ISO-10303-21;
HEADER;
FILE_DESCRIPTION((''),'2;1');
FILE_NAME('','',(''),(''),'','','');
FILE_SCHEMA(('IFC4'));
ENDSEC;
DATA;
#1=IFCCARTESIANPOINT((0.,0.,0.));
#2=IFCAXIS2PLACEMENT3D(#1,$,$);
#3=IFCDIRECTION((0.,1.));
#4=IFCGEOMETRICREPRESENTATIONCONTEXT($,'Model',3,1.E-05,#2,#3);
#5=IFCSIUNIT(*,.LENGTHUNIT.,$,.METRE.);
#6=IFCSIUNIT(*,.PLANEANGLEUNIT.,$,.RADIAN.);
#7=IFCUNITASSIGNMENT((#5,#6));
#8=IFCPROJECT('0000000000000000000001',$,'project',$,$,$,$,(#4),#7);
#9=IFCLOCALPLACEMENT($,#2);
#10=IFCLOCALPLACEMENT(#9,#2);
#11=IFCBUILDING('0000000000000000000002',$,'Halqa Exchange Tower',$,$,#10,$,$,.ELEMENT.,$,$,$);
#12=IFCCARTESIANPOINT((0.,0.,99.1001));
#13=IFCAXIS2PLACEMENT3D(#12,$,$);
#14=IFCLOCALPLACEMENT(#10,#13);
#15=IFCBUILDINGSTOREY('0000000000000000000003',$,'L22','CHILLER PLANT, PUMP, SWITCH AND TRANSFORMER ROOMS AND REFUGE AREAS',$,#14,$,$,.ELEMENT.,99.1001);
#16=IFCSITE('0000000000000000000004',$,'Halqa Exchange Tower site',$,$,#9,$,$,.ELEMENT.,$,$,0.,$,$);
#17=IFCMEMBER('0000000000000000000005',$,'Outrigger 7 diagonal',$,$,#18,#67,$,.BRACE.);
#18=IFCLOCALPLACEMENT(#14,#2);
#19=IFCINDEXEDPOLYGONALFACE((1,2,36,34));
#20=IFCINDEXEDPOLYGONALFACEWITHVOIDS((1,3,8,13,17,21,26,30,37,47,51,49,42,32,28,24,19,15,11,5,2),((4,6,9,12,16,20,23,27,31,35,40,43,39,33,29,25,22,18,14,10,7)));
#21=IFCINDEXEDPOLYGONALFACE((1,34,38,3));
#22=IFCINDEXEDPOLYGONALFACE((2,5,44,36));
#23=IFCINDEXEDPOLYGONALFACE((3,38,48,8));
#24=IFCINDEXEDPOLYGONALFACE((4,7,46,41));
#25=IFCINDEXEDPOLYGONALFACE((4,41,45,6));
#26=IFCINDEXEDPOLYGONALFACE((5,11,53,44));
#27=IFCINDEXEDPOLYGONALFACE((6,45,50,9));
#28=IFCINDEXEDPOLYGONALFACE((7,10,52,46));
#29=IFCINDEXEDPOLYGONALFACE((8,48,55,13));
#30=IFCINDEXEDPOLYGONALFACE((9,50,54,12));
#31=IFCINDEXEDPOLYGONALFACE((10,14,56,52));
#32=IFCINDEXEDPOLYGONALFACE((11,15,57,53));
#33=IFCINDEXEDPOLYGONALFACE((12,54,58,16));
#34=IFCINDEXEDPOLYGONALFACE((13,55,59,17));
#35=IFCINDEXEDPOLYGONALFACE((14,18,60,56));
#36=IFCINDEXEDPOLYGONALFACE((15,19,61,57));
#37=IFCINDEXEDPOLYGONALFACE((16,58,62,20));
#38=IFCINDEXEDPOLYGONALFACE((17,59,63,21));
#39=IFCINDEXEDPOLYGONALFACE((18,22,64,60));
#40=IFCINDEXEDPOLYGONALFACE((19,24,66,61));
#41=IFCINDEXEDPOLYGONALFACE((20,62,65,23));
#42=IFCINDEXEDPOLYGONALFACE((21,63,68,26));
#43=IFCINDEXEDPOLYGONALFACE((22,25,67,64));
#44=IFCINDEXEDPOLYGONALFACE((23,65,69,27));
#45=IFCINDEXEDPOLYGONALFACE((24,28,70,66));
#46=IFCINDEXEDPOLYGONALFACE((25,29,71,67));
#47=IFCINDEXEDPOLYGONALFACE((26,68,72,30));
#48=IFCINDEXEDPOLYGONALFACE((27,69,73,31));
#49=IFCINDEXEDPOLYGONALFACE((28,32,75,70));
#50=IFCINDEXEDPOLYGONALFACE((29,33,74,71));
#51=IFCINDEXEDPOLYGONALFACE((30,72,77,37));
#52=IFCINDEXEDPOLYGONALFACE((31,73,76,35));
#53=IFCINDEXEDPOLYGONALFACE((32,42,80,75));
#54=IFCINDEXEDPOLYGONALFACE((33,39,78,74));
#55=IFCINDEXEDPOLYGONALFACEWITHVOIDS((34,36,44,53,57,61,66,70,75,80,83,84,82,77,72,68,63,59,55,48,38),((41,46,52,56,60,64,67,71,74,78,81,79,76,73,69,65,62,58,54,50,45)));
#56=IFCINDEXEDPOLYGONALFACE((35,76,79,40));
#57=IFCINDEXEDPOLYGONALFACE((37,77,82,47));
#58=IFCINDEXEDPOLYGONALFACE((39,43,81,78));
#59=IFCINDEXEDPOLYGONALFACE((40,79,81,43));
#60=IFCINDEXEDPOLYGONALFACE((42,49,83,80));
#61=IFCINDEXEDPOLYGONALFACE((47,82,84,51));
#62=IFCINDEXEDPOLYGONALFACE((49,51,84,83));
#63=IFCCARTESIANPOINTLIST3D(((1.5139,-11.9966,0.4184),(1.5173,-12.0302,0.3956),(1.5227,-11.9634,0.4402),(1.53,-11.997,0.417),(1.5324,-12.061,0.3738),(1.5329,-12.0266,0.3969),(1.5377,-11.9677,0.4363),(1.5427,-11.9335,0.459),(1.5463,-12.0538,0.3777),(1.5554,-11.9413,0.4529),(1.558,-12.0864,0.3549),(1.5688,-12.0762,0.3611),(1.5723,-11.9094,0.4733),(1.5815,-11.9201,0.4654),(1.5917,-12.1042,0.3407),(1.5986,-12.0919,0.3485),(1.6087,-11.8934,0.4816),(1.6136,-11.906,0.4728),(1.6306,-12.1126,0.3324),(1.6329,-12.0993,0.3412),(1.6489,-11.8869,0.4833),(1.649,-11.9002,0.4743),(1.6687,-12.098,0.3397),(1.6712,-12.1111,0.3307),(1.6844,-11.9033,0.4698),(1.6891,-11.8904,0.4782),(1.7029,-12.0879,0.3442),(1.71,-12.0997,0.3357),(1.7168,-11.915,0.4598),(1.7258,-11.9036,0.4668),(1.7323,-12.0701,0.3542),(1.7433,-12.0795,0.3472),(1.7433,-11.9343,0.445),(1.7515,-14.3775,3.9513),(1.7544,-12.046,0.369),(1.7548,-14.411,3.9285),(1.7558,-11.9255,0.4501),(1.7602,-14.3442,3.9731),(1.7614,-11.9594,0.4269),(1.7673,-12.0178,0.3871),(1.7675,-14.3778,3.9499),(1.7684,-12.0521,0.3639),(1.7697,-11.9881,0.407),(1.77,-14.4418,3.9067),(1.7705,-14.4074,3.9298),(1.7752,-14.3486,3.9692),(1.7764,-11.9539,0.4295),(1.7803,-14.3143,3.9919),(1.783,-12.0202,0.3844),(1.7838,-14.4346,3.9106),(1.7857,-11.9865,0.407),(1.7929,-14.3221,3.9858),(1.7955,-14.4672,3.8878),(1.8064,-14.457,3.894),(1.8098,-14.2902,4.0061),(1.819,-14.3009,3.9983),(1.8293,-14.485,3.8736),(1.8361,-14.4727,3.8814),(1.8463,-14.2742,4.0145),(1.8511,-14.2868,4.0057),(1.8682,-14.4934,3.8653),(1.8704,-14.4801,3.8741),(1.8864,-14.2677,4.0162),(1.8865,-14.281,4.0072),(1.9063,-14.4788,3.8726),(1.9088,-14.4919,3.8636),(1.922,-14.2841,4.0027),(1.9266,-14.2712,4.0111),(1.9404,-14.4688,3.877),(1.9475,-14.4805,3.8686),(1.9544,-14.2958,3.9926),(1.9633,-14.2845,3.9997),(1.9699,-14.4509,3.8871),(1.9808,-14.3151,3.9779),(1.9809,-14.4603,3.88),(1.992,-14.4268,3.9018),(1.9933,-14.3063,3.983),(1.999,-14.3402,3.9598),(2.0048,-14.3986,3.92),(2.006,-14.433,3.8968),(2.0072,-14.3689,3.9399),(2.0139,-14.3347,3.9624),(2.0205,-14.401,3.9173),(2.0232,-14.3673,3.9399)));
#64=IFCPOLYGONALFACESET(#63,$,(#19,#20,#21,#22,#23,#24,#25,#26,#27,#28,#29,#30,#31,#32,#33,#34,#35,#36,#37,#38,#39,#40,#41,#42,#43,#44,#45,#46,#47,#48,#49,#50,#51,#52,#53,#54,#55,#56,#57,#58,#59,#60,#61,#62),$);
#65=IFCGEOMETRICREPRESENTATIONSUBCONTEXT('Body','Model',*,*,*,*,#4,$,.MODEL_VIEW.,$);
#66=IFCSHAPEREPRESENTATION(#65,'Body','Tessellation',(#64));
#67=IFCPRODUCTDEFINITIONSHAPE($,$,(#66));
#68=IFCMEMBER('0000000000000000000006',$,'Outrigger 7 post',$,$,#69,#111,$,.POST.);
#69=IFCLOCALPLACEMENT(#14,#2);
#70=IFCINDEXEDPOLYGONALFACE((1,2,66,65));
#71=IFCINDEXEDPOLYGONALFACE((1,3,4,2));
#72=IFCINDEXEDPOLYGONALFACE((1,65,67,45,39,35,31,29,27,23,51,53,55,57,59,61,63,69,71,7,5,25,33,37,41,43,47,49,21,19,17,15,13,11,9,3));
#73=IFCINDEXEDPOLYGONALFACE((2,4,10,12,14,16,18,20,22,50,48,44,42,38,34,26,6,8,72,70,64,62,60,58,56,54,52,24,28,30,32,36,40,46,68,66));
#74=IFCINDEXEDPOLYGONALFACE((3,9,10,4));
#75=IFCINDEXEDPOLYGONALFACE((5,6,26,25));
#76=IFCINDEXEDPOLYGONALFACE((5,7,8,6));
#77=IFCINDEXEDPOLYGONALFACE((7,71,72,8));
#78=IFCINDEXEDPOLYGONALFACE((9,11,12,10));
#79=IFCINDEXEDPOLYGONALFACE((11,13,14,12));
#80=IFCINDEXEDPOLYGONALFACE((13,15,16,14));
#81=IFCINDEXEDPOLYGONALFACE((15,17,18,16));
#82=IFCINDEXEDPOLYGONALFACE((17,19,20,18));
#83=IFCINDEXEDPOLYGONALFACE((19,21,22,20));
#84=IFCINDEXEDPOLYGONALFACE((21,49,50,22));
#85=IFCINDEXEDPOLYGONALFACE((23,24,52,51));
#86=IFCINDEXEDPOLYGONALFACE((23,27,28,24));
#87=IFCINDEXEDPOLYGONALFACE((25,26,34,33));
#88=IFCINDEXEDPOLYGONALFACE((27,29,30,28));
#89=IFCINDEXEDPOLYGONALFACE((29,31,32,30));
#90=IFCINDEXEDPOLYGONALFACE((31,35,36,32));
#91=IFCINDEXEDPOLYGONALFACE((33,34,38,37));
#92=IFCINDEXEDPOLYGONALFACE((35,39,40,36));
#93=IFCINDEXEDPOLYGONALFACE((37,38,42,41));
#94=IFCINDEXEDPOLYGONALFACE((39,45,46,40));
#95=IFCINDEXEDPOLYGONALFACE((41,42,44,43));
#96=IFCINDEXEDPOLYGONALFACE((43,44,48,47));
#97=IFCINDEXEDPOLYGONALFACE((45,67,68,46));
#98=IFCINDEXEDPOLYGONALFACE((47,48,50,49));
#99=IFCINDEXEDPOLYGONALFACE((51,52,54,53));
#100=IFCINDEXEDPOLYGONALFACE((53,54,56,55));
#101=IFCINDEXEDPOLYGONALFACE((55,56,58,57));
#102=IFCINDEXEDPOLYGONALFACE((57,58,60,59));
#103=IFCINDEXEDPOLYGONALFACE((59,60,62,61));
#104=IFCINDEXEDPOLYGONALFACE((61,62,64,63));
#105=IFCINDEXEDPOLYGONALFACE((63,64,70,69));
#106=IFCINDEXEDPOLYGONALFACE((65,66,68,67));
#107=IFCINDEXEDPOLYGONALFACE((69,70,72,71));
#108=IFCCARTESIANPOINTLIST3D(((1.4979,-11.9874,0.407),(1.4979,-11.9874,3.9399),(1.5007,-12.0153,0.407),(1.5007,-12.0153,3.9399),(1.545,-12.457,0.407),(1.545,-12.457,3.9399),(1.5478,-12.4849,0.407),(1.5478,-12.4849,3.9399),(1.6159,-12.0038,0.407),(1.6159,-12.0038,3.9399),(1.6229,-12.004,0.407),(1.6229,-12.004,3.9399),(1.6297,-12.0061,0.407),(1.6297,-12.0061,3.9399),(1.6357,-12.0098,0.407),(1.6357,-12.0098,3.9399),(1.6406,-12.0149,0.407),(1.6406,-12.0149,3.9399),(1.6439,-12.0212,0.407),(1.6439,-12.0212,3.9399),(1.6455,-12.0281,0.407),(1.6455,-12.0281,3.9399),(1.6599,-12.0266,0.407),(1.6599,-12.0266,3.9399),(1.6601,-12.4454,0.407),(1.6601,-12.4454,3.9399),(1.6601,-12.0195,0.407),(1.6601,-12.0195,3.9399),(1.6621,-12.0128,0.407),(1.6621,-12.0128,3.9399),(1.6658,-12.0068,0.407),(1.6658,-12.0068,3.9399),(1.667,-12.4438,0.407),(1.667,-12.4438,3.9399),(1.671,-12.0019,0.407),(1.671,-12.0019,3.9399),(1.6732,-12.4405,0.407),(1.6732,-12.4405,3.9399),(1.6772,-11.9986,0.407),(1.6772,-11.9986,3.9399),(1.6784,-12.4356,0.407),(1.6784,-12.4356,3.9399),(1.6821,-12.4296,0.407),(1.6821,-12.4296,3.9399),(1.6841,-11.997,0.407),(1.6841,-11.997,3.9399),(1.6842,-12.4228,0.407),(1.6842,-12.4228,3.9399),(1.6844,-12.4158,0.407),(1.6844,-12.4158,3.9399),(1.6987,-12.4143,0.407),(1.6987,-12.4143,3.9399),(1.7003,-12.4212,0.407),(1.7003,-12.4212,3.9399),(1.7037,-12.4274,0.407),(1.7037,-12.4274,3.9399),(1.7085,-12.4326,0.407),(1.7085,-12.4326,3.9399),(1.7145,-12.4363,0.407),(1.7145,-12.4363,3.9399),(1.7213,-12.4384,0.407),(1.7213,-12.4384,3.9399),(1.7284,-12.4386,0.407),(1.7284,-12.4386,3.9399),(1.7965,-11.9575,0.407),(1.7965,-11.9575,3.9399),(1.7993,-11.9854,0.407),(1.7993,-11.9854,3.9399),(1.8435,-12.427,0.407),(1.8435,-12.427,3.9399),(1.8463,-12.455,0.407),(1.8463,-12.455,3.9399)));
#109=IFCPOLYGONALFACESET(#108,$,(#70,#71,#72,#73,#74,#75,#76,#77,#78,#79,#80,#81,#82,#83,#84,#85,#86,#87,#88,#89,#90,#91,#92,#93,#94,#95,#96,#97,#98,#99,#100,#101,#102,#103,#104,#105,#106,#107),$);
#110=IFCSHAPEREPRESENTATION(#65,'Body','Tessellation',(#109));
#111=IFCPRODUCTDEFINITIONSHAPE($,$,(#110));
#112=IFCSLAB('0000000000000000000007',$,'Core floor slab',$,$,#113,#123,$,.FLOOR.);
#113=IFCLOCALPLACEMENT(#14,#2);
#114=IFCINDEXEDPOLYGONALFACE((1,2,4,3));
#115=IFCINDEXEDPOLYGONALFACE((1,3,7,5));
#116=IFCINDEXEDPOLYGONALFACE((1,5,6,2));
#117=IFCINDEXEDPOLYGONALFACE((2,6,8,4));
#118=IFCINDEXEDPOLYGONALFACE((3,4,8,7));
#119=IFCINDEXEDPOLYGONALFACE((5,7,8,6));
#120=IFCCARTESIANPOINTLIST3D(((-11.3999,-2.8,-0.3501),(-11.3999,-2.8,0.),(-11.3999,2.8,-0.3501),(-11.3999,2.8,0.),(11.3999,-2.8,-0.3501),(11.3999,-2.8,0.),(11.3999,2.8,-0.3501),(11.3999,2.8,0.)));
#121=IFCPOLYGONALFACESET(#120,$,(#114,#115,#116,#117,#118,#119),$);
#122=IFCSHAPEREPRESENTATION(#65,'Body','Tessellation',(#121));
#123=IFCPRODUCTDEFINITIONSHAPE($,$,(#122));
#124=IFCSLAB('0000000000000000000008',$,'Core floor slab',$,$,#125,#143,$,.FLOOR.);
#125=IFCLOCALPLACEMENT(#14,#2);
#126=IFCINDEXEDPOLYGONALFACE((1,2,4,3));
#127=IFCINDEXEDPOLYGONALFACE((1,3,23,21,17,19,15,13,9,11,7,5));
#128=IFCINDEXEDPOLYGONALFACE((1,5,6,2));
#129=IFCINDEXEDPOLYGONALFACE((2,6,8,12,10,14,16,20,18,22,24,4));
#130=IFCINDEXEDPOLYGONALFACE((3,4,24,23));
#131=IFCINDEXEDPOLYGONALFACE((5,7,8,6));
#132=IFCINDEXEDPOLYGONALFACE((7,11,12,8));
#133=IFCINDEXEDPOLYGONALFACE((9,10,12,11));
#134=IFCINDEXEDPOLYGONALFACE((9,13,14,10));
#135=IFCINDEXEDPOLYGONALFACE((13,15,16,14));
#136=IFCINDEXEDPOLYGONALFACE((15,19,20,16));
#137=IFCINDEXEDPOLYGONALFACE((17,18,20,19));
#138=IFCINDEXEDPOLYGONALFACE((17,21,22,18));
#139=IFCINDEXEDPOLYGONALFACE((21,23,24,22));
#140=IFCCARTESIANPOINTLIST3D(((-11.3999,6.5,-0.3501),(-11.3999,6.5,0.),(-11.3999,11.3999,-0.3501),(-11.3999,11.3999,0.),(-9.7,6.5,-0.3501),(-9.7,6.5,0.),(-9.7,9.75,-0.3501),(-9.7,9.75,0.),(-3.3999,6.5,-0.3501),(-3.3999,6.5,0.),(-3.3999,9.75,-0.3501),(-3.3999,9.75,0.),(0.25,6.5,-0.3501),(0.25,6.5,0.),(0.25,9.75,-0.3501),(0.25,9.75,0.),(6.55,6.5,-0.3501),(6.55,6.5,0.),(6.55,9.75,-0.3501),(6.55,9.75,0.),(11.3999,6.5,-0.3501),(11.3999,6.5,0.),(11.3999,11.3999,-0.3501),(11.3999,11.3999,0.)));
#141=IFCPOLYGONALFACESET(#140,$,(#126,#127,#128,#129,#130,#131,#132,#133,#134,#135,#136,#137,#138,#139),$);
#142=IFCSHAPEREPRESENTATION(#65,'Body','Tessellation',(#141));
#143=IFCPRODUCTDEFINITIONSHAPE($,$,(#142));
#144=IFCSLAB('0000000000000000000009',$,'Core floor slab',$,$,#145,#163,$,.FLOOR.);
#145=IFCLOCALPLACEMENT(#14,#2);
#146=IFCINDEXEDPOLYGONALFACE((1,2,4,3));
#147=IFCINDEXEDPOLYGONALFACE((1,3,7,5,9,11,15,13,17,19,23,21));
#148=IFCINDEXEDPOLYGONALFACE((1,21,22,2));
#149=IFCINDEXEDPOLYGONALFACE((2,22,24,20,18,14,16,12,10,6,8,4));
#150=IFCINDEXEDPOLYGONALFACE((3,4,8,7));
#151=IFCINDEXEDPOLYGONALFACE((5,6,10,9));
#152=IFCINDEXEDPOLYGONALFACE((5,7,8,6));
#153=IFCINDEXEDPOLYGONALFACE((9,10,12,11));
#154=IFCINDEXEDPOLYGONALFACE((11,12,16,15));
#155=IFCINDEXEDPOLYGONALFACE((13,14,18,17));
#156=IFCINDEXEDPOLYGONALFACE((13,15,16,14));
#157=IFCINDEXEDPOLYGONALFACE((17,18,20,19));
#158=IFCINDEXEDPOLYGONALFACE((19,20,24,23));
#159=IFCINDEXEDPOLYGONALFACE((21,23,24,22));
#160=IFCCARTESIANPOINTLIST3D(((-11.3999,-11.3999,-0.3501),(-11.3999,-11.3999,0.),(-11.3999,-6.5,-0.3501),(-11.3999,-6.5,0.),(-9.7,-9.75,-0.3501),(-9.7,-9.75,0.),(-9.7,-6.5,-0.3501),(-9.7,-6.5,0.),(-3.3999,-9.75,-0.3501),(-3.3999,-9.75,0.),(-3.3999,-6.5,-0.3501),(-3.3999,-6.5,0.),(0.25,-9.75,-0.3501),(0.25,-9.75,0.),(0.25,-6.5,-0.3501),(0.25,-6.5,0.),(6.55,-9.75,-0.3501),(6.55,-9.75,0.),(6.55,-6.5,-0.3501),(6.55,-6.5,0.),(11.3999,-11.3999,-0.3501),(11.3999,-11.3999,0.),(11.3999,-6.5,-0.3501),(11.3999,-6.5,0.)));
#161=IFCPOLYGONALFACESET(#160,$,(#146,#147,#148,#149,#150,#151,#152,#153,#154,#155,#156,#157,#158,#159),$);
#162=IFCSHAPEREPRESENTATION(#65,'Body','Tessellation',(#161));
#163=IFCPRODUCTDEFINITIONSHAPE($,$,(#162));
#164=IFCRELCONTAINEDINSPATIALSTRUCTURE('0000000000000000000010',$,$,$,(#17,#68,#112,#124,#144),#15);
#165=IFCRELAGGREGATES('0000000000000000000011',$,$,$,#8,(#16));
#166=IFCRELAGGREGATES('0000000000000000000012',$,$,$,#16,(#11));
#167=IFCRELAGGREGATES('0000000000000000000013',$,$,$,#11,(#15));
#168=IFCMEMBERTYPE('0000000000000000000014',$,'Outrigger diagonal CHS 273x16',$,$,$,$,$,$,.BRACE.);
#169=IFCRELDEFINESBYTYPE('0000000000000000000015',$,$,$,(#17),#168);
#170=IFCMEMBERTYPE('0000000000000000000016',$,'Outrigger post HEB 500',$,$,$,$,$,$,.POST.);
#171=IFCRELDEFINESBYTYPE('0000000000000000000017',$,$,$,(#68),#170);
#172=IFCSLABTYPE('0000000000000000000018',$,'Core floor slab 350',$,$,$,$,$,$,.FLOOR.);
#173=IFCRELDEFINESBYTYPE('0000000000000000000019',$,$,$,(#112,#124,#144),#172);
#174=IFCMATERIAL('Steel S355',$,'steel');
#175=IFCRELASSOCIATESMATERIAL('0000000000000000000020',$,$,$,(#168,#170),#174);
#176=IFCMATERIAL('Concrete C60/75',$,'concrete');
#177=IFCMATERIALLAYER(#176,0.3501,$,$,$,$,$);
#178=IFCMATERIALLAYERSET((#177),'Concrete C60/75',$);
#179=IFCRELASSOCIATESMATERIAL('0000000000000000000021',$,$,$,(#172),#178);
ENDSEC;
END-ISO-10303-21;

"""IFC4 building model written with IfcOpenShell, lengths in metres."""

from ifc_helpers import new_model, si_unit, direction, frame, origin, origin_2d, place, context, subcontext, project, spatial, polyline, hollow_circle, i_section, outline, extrude, material, layer, layer_set, material_profile, profile_set, type_object, element, save


model = new_model("IFC4")

# Units and contexts
model_context = context("Model", 3, precision=1e-05, world=origin(), true_north=direction((0.0, 1.0)))
body_context = subcontext(model_context, "Body", "Model", "MODEL_VIEW")
ifc_project = project(units=[si_unit("LENGTHUNIT", "METRE"), si_unit("PLANEANGLEUNIT", "RADIAN")], contexts=[model_context])

# Site, building, storey
site_placement = place(None, origin())
site = spatial("IfcSite", under=ifc_project, at=site_placement, Name="Halqa Exchange Tower site", CompositionType="ELEMENT", RefElevation=0.0)
building_placement = place(site_placement, origin())
building = spatial("IfcBuilding", under=site, at=building_placement, Name="Halqa Exchange Tower", CompositionType="ELEMENT")
storey_placement = place(building_placement, frame((0.0, 0.0, 99.1001)))
storey = spatial("IfcBuildingStorey", under=building, at=storey_placement, Name="L22", Description="CHILLER PLANT, PUMP, SWITCH AND TRANSFORMER ROOMS AND REFUGE AREAS", CompositionType="ELEMENT", Elevation=99.1001)

# Shared definitions
ifc_material_1 = material(Name="Steel S355", Category="steel")

# Members
ifc_material_profile_1 = material_profile(ifc_material_1, hollow_circle(Radius=0.1365, WallThickness=0.0161, at=origin_2d()), Name="CHS 273x16")
ifc_profile_set_1 = profile_set([ifc_material_profile_1], Name="Steel S355")
member_type_1 = type_object("IfcMemberType", Name="Outrigger diagonal CHS 273x16", PredefinedType="BRACE", material=ifc_profile_set_1)
member_1_placement = place(storey_placement, frame((1.6499, -12.0, 0.407), z_axis=(0.055672, -0.557979, 0.827986), x_axis=(0.995059, 0.099281, 0.0)))
element("IfcMember", 1, at=member_1_placement, inside=storey, type_object=member_type_1, Name="Outrigger 7 diagonal", PredefinedType="BRACE", context=body_context, shape_type="SweptSolid", body=[
    extrude(hollow_circle(Radius=0.1365, WallThickness=0.0161, at=origin_2d()), origin(), (0.0, 0.0, 1.0), 4.2668),
])
ifc_material_profile_2 = material_profile(ifc_material_1, i_section(OverallWidth=0.3, OverallDepth=0.5, WebThickness=0.0144, FlangeThickness=0.0281, FilletRadius=0.0271, at=origin_2d()), Name="HEB 500")
ifc_profile_set_2 = profile_set([ifc_material_profile_2], Name="Steel S355")
member_type_2 = type_object("IfcMemberType", Name="Outrigger post HEB 500", PredefinedType="POST", material=ifc_profile_set_2)
member_2_placement = place(storey_placement, frame((1.6721, -12.2212, 0.407), z_axis=(0.0, 0.0, 1.0), x_axis=(0.995016, 0.099719, 0.0)))
element("IfcMember", 2, at=member_2_placement, inside=storey, type_object=member_type_2, Name="Outrigger 7 post", PredefinedType="POST", context=body_context, shape_type="SweptSolid", body=[
    extrude(i_section(OverallWidth=0.3, OverallDepth=0.5, WebThickness=0.0144, FlangeThickness=0.0281, FilletRadius=0.0271, at=origin_2d()), origin(), (0.0, 0.0, 1.0), 3.533),
])

# Slabs
ifc_material_2 = material(Name="Concrete C60/75", Category="concrete")
ifc_layer_1 = layer(ifc_material_2, 0.3501)
ifc_layer_set_1 = layer_set([ifc_layer_1], Name="Concrete C60/75")
slab_type_1 = type_object("IfcSlabType", Name="Core floor slab 350", PredefinedType="FLOOR", material=ifc_layer_set_1)
slab_1_placement = place(storey_placement, frame((0.0, 0.0, -0.3501)))
element("IfcSlab", 3, at=slab_1_placement, inside=storey, type_object=slab_type_1, Name="Core floor slab", PredefinedType="FLOOR", context=body_context, shape_type="SweptSolid", body=[
    extrude(outline(polyline([(-11.3999, 2.8), (11.3999, 2.8), (11.3999, -2.8), (-11.3999, -2.8), (-11.3999, 2.8)])), origin(), (0.0, 0.0, 1.0), 0.3501),
])
slab_2_placement = place(storey_placement, frame((0.0, 0.0, -0.3501)))
element("IfcSlab", 4, at=slab_2_placement, inside=storey, type_object=slab_type_1, Name="Core floor slab", PredefinedType="FLOOR", context=body_context, shape_type="SweptSolid", body=[
    extrude(outline(polyline([(-11.3999, 11.3999), (11.3999, 11.3999), (11.3999, 6.5), (6.55, 6.5), (6.55, 9.75), (0.25, 9.75), (0.25, 6.5), (-3.3999, 6.5), (-3.3999, 9.75), (-9.7, 9.75), (-9.7, 6.5), (-11.3999, 6.5), (-11.3999, 11.3999)])), origin(), (0.0, 0.0, 1.0), 0.3501),
])
slab_3_placement = place(storey_placement, frame((0.0, 0.0, -0.3501)))
element("IfcSlab", 5, at=slab_3_placement, inside=storey, type_object=slab_type_1, Name="Core floor slab", PredefinedType="FLOOR", context=body_context, shape_type="SweptSolid", body=[
    extrude(outline(polyline([(-9.7, -9.75), (-3.3999, -9.75), (-3.3999, -6.5), (0.25, -6.5), (0.25, -9.75), (6.55, -9.75), (6.55, -6.5), (11.3999, -6.5), (11.3999, -11.3999), (-11.3999, -11.3999), (-11.3999, -6.5), (-9.7, -6.5), (-9.7, -9.75)])), origin(), (0.0, 0.0, 1.0), 0.3501),
])

save(model, "model.ifc")
